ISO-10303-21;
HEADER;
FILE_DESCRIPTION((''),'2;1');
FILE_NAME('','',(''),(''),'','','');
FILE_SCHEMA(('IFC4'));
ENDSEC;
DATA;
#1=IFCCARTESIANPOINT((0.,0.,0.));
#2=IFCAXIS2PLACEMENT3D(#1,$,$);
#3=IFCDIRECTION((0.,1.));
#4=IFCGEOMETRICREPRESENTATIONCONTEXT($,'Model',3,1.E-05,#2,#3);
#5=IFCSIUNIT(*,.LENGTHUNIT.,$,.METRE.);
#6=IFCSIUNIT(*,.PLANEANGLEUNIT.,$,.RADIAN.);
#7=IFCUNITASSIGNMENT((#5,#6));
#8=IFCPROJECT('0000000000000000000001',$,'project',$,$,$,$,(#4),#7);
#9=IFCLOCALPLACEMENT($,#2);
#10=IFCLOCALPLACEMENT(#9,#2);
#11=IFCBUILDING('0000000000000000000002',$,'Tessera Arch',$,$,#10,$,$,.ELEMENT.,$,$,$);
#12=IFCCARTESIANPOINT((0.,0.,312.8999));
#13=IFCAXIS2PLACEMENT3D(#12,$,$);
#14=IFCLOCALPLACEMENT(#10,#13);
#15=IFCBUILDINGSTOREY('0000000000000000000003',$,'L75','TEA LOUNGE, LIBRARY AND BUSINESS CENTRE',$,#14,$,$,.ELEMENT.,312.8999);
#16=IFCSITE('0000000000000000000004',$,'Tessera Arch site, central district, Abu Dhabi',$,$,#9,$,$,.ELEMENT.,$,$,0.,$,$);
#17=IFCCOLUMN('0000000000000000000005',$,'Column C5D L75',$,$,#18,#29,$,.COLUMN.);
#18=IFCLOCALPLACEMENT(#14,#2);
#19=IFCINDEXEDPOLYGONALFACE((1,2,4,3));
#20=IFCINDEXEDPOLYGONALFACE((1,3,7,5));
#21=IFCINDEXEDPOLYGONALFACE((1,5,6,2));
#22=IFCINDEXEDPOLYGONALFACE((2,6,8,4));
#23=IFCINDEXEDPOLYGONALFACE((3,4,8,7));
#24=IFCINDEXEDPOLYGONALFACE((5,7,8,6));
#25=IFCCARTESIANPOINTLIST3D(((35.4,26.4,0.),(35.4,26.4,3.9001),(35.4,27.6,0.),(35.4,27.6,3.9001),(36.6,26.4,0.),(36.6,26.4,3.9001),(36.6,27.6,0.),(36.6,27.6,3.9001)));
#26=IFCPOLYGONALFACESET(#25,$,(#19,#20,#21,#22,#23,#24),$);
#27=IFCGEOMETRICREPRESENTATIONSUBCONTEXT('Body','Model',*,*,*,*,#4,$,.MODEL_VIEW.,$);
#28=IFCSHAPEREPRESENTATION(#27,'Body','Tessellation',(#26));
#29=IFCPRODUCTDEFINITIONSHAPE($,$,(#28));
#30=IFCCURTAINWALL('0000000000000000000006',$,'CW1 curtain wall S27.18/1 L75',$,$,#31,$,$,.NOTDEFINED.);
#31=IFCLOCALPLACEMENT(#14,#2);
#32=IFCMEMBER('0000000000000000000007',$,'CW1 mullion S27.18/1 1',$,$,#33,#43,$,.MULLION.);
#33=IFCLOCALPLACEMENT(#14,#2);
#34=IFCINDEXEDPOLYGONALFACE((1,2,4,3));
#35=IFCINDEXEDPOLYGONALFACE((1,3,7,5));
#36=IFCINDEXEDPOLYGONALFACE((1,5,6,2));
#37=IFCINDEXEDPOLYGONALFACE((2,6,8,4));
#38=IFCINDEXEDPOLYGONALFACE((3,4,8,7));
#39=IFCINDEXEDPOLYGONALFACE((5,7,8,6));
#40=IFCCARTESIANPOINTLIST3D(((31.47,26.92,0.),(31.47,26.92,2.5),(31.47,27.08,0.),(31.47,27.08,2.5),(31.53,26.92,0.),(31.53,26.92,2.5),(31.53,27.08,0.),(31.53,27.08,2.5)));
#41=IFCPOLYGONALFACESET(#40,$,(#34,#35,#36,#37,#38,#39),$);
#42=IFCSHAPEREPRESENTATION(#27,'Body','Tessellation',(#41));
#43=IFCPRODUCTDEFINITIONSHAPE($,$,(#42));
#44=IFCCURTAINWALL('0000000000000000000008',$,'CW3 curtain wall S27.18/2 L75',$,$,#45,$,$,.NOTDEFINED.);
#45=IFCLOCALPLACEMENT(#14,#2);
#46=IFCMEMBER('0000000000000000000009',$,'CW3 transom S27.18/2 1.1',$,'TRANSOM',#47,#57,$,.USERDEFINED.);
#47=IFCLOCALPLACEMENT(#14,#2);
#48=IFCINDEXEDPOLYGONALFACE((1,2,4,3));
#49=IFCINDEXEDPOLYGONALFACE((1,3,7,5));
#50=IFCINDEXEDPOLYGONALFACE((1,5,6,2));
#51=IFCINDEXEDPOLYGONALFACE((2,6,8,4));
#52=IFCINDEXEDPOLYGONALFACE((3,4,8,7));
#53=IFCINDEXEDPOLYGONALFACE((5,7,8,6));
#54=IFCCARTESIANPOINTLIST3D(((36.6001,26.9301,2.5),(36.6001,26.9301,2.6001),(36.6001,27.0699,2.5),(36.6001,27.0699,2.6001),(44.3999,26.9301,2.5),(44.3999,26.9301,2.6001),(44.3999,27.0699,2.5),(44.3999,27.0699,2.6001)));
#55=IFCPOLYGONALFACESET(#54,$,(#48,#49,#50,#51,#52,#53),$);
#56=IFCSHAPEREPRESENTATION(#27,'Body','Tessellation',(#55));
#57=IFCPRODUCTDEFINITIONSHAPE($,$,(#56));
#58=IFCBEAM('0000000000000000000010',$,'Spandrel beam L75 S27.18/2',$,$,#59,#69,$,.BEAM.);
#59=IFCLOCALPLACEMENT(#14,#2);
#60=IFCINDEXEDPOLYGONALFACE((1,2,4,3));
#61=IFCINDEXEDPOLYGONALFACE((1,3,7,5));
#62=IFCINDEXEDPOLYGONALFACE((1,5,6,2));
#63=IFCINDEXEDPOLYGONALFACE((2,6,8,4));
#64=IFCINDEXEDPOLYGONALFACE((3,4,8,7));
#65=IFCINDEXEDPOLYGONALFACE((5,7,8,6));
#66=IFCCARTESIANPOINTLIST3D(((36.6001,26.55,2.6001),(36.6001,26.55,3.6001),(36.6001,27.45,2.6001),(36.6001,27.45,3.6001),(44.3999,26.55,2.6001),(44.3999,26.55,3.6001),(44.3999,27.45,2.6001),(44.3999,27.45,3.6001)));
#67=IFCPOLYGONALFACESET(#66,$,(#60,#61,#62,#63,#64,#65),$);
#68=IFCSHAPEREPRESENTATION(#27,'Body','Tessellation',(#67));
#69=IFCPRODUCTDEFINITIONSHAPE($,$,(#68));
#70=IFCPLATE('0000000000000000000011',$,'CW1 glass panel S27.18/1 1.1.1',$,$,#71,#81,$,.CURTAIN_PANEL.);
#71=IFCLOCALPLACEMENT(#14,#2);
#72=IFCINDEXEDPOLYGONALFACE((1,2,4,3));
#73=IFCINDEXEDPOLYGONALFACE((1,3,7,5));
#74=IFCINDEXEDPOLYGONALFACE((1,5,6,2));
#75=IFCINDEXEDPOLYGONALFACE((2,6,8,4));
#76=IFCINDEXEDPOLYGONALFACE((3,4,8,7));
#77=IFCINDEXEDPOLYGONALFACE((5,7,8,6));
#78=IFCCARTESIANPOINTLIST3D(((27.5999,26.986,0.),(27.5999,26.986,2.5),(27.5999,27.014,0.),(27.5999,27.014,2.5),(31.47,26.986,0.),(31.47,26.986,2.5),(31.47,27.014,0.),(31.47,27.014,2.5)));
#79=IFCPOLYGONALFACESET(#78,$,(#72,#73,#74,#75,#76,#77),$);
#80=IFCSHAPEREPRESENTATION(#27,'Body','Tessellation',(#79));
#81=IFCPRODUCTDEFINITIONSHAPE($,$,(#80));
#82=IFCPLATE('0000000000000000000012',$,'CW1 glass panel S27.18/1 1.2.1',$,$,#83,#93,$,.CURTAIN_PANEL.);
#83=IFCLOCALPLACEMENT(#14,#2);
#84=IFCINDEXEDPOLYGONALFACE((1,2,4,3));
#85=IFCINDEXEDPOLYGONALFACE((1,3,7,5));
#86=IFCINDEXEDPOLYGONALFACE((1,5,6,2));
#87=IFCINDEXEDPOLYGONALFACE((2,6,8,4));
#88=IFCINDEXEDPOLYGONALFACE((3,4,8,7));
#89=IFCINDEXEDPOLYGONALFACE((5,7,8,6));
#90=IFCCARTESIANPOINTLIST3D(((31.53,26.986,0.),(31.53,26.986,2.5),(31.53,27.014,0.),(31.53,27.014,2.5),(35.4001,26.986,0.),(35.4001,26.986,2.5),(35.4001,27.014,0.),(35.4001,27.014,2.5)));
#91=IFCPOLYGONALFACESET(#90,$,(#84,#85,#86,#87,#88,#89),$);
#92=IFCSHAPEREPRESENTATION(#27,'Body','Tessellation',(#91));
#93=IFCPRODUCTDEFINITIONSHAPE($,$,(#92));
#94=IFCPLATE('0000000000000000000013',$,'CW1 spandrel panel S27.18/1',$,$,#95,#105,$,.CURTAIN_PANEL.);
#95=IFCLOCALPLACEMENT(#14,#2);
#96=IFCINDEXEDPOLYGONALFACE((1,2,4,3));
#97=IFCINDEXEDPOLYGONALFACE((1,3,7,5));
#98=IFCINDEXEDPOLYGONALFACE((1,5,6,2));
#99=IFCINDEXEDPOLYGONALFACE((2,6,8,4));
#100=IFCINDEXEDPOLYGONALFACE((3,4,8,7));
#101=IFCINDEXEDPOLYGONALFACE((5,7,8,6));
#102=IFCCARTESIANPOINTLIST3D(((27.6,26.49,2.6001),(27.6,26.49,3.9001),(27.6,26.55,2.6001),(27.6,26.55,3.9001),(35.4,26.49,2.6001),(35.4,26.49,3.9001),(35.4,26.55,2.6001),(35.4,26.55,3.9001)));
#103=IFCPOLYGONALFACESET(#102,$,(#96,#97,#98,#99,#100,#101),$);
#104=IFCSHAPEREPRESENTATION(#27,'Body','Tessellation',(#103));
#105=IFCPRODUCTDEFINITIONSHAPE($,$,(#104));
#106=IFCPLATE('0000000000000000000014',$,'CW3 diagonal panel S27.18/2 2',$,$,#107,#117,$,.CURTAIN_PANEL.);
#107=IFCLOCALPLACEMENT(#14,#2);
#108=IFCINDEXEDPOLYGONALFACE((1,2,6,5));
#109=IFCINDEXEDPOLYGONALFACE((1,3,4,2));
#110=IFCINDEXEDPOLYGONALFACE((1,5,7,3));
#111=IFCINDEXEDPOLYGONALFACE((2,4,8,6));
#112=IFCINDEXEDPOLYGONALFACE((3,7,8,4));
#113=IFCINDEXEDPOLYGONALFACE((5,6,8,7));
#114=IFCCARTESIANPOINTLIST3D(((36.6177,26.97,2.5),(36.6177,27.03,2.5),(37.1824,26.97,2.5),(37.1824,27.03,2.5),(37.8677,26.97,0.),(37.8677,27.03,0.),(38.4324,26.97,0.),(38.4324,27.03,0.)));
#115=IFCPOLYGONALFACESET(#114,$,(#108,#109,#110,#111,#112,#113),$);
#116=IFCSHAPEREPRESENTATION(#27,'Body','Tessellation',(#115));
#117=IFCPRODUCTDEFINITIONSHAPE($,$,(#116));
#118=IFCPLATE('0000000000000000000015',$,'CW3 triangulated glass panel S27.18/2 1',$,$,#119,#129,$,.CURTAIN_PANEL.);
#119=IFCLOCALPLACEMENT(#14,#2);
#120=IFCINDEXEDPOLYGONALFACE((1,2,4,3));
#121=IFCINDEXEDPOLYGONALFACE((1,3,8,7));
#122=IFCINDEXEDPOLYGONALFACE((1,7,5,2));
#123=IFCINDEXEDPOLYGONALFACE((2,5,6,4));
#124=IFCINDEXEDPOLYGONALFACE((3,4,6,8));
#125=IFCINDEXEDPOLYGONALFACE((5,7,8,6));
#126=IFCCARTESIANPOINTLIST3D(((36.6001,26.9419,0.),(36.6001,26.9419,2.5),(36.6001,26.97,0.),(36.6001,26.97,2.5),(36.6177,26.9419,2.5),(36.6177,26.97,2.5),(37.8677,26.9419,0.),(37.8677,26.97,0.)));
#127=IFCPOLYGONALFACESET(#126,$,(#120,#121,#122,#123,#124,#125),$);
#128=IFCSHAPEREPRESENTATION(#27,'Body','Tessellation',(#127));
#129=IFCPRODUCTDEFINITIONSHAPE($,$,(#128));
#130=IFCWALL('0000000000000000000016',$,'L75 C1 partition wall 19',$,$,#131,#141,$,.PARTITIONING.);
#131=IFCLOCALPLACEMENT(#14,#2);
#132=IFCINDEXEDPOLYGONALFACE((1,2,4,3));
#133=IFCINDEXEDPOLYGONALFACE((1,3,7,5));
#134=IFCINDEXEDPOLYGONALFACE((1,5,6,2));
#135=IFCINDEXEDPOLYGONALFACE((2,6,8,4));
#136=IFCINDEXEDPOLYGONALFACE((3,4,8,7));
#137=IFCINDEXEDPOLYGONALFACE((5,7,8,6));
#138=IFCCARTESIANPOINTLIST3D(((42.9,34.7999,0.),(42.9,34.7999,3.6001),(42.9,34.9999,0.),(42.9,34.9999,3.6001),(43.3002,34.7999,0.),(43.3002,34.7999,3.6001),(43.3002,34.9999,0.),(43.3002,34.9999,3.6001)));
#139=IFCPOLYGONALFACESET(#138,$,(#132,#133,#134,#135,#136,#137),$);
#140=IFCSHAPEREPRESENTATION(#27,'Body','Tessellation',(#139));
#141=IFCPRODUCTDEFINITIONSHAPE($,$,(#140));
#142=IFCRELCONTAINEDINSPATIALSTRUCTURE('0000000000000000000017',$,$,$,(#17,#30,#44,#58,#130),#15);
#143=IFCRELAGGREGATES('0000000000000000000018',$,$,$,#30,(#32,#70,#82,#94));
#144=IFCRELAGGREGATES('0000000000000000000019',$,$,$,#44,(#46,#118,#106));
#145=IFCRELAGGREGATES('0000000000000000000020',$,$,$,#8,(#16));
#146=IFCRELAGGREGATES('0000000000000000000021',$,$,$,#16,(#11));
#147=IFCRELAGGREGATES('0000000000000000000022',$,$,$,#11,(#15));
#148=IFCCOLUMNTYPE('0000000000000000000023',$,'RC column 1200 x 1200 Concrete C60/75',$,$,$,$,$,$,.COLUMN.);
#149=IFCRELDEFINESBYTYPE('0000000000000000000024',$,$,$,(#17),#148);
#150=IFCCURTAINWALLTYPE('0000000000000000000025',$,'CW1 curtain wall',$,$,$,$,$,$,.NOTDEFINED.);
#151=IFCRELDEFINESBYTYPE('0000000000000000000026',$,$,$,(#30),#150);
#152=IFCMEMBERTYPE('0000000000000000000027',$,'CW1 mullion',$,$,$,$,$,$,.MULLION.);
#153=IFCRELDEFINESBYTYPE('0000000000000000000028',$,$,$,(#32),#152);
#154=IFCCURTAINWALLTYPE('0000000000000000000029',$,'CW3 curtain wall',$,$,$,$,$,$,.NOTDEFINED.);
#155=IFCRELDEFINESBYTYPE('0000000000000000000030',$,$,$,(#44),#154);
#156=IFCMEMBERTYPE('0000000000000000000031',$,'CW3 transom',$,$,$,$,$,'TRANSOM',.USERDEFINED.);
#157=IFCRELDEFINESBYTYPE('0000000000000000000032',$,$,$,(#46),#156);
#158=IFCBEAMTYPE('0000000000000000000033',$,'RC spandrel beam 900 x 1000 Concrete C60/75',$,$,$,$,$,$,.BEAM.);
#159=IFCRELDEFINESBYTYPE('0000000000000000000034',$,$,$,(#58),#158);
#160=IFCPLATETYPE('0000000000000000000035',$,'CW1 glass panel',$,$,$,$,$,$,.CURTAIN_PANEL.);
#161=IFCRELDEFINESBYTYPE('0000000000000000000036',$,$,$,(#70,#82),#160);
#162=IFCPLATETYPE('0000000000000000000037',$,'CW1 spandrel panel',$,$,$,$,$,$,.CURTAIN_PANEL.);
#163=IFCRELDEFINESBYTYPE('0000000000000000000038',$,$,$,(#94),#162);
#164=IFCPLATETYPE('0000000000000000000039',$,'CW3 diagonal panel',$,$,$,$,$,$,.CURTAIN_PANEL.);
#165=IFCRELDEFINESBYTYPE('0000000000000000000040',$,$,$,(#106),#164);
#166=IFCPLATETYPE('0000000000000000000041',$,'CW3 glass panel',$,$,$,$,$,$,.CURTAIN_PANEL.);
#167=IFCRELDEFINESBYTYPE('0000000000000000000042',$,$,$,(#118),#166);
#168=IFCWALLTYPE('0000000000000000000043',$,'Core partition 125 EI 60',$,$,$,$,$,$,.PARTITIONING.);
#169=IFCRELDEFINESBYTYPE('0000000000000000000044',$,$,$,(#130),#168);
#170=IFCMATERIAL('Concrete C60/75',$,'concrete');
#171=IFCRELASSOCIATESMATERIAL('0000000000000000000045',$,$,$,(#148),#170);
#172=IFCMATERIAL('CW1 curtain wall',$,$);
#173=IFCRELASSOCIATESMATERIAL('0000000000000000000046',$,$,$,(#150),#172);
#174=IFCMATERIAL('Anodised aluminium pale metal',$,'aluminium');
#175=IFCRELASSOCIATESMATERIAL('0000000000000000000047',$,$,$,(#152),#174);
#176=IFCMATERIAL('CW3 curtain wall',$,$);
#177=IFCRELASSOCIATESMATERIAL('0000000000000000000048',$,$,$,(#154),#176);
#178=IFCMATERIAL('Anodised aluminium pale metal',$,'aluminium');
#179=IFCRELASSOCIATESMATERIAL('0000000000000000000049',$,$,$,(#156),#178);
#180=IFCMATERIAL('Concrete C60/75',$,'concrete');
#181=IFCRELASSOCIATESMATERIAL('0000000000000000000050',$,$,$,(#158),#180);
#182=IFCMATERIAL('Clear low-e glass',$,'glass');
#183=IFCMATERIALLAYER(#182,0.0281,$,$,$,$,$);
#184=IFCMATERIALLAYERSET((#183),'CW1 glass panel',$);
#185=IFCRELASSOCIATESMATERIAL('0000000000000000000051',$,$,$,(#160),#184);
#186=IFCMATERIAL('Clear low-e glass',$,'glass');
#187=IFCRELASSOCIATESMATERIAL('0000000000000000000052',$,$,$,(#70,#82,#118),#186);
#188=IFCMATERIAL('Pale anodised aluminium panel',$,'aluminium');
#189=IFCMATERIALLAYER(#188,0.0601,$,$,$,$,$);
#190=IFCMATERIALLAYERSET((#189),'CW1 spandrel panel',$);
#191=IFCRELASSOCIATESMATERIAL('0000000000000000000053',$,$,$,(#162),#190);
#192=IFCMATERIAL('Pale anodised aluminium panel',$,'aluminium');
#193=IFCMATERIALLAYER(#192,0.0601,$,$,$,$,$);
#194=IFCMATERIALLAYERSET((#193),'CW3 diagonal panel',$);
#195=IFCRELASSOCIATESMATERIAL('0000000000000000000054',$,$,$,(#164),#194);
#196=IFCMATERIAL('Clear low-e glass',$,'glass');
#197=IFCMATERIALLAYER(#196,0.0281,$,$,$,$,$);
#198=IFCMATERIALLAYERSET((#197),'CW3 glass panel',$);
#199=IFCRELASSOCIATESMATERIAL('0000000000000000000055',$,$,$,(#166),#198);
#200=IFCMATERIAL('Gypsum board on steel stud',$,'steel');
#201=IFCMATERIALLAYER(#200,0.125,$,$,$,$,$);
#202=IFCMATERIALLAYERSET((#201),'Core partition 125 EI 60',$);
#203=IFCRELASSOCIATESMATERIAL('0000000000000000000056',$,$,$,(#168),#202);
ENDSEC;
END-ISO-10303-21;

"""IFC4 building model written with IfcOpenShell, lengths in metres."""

from ifc_helpers import new_model, si_unit, direction, frame, frame_2d, origin, origin_2d, place, context, subcontext, project, spatial, polyline, rectangle, outline, extrude, material, layer, layer_set, material_profile, profile_set, type_object, element, aggregate, save


model = new_model("IFC4")

# Units and contexts
model_context = context("Model", 3, precision=1e-05, world=origin(), true_north=direction((0.0, 1.0)))
body_context = subcontext(model_context, "Body", "Model", "MODEL_VIEW")
ifc_project = project(units=[si_unit("LENGTHUNIT", "METRE"), si_unit("PLANEANGLEUNIT", "RADIAN")], contexts=[model_context])

# Site, building, storey
site_placement = place(None, origin())
site = spatial("IfcSite", under=ifc_project, at=site_placement, Name="Tessera Arch site, central district, Abu Dhabi", CompositionType="ELEMENT", RefElevation=0.0)
building_placement = place(site_placement, origin())
building = spatial("IfcBuilding", under=site, at=building_placement, Name="Tessera Arch", CompositionType="ELEMENT")
storey_placement = place(building_placement, frame((0.0, 0.0, 312.8999)))
storey = spatial("IfcBuildingStorey", under=building, at=storey_placement, Name="L75", Description="TEA LOUNGE, LIBRARY AND BUSINESS CENTRE", CompositionType="ELEMENT", Elevation=312.8999)

# Column
ifc_material_1 = material(Name="Concrete C60/75", Category="concrete")
ifc_material_profile_1 = material_profile(ifc_material_1, rectangle(XDim=1.2, YDim=1.2, at=origin_2d()), Name="RC column 1200 x 1200 Concrete C60/75")
ifc_profile_set_1 = profile_set([ifc_material_profile_1], Name="Concrete C60/75")
column_type = type_object("IfcColumnType", Name="RC column 1200 x 1200 Concrete C60/75", PredefinedType="COLUMN", material=ifc_profile_set_1)
column_placement = place(storey_placement, frame((36.0, 27.0, 0.0), z_axis=(0.0, 0.0, 1.0), x_axis=(1.0, 0.0, 0.0)))
element("IfcColumn", 1, at=column_placement, inside=storey, type_object=column_type, Name="Column C5D L75", PredefinedType="COLUMN", context=body_context, shape_type="SweptSolid", body=[
    extrude(rectangle(XDim=1.2, YDim=1.2, at=origin_2d()), origin(), (0.0, 0.0, 1.0), 3.9001),
])

# Curtain walls, members
ifc_material_2 = material(Name="CW1 curtain wall")
curtain_wall_type_1 = type_object("IfcCurtainWallType", Name="CW1 curtain wall", PredefinedType="NOTDEFINED", material=ifc_material_2)
curtain_wall_1_placement = place(storey_placement, origin())
curtain_wall_1 = element("IfcCurtainWall", 2, at=curtain_wall_1_placement, inside=storey, type_object=curtain_wall_type_1, Name="CW1 curtain wall S27.18/1 L75", PredefinedType="NOTDEFINED")
ifc_material_3 = material(Name="Anodised aluminium pale metal", Category="aluminium")
ifc_material_profile_2 = material_profile(ifc_material_3, rectangle(XDim=0.1599, YDim=0.0601, at=origin_2d()), Name="AL 60x160")
ifc_profile_set_2 = profile_set([ifc_material_profile_2], Name="Anodised aluminium pale metal")
member_type_1 = type_object("IfcMemberType", Name="CW1 mullion", PredefinedType="MULLION", material=ifc_profile_set_2)
member_1_placement = place(storey_placement, frame((31.5, 27.0, 0.0), z_axis=(0.0, 0.0, 1.0), x_axis=(0.0, 1.0, 0.0)))
member_1 = element("IfcMember", 3, at=member_1_placement, type_object=member_type_1, Name="CW1 mullion S27.18/1 1", PredefinedType="MULLION", context=body_context, shape_type="SweptSolid", body=[
    extrude(rectangle(XDim=0.1599, YDim=0.0601, at=origin_2d()), origin(), (0.0, 0.0, 1.0), 2.5),
])
ifc_material_4 = material(Name="CW3 curtain wall")
curtain_wall_type_2 = type_object("IfcCurtainWallType", Name="CW3 curtain wall", PredefinedType="NOTDEFINED", material=ifc_material_4)
curtain_wall_2_placement = place(storey_placement, origin())
curtain_wall_2 = element("IfcCurtainWall", 4, at=curtain_wall_2_placement, inside=storey, type_object=curtain_wall_type_2, Name="CW3 curtain wall S27.18/2 L75", PredefinedType="NOTDEFINED")
ifc_material_5 = material(Name="Anodised aluminium pale metal", Category="aluminium")
ifc_material_profile_3 = material_profile(ifc_material_5, rectangle(XDim=0.1399, YDim=0.1001, at=origin_2d()), Name="AL 140x100")
ifc_profile_set_3 = profile_set([ifc_material_profile_3], Name="Anodised aluminium pale metal")
member_type_2 = type_object("IfcMemberType", Name="CW3 transom", ElementType="TRANSOM", PredefinedType="USERDEFINED", material=ifc_profile_set_3)
member_2_placement = place(storey_placement, frame((36.6001, 27.0, 2.55), z_axis=(1.0, 0.0, 0.0), x_axis=(0.0, 1.0, 0.0)))
member_2 = element("IfcMember", 5, at=member_2_placement, type_object=member_type_2, Name="CW3 transom S27.18/2 1.1", ObjectType="TRANSOM", PredefinedType="USERDEFINED", context=body_context, shape_type="SweptSolid", body=[
    extrude(rectangle(XDim=0.1399, YDim=0.1001, at=origin_2d()), origin(), (0.0, 0.0, 1.0), 7.7998),
])

# Beam
ifc_material_6 = material(Name="Concrete C60/75", Category="concrete")
ifc_material_profile_4 = material_profile(ifc_material_6, rectangle(XDim=0.8999, YDim=1.0, at=origin_2d()), Name="RC spandrel beam 900 x 1000 Concrete C60/75")
ifc_profile_set_4 = profile_set([ifc_material_profile_4], Name="Concrete C60/75")
beam_type = type_object("IfcBeamType", Name="RC spandrel beam 900 x 1000 Concrete C60/75", PredefinedType="BEAM", material=ifc_profile_set_4)
beam_placement = place(storey_placement, frame((36.6001, 27.0, 3.1001), z_axis=(1.0, 0.0, 0.0), x_axis=(0.0, 1.0, 0.0)))
element("IfcBeam", 6, at=beam_placement, inside=storey, type_object=beam_type, Name="Spandrel beam L75 S27.18/2", PredefinedType="BEAM", context=body_context, shape_type="SweptSolid", body=[
    extrude(rectangle(XDim=0.8999, YDim=1.0, at=origin_2d()), origin(), (0.0, 0.0, 1.0), 7.7998),
])

# Plates
ifc_material_7 = material(Name="Clear low-e glass", Category="glass")
ifc_material_8 = material(Name="Clear low-e glass", Category="glass")
ifc_layer_1 = layer(ifc_material_8, 0.0281)
ifc_layer_set_1 = layer_set([ifc_layer_1], Name="CW1 glass panel")
plate_type_1 = type_object("IfcPlateType", Name="CW1 glass panel", PredefinedType="CURTAIN_PANEL", material=ifc_layer_set_1)
plate_1_placement = place(storey_placement, frame((29.5349, 27.0, 0.0), z_axis=(0.0, 0.0, 1.0), x_axis=(1.0, 0.0, 0.0)))
plate_1 = element("IfcPlate", 7, at=plate_1_placement, type_object=plate_type_1, material=ifc_material_7, Name="CW1 glass panel S27.18/1 1.1.1", PredefinedType="CURTAIN_PANEL", context=body_context, shape_type="SweptSolid", body=[
    extrude(rectangle(XDim=3.8701, YDim=0.0281, at=origin_2d()), origin(), (0.0, 0.0, 1.0), 2.5),
])
plate_2_placement = place(storey_placement, frame((33.4651, 27.0, 0.0), z_axis=(0.0, 0.0, 1.0), x_axis=(1.0, 0.0, 0.0)))
plate_2 = element("IfcPlate", 8, at=plate_2_placement, type_object=plate_type_1, material=ifc_material_7, Name="CW1 glass panel S27.18/1 1.2.1", PredefinedType="CURTAIN_PANEL", context=body_context, shape_type="SweptSolid", body=[
    extrude(rectangle(XDim=3.8701, YDim=0.0281, at=origin_2d()), origin(), (0.0, 0.0, 1.0), 2.5),
])
ifc_material_9 = material(Name="Pale anodised aluminium panel", Category="aluminium")
ifc_layer_2 = layer(ifc_material_9, 0.0601)
ifc_layer_set_2 = layer_set([ifc_layer_2], Name="CW1 spandrel panel")
plate_type_2 = type_object("IfcPlateType", Name="CW1 spandrel panel", PredefinedType="CURTAIN_PANEL", material=ifc_layer_set_2)
plate_3_placement = place(storey_placement, frame((31.5, 26.52, 2.6001), z_axis=(0.0, 0.0, 1.0), x_axis=(1.0, 0.0, 0.0)))
plate_3 = element("IfcPlate", 9, at=plate_3_placement, type_object=plate_type_2, Name="CW1 spandrel panel S27.18/1", PredefinedType="CURTAIN_PANEL", context=body_context, shape_type="SweptSolid", body=[
    extrude(rectangle(XDim=7.8, YDim=0.0601, at=origin_2d()), origin(), (0.0, 0.0, 1.0), 1.3),
])
aggregate(curtain_wall_1, [member_1, plate_1, plate_2, plate_3])
ifc_material_10 = material(Name="Pale anodised aluminium panel", Category="aluminium")
ifc_layer_3 = layer(ifc_material_10, 0.0601)
ifc_layer_set_3 = layer_set([ifc_layer_3], Name="CW3 diagonal panel")
plate_type_3 = type_object("IfcPlateType", Name="CW3 diagonal panel", PredefinedType="CURTAIN_PANEL", material=ifc_layer_set_3)
plate_4_placement = place(storey_placement, frame((37.1824, 26.97, 2.5), z_axis=(0.0, -1.0, 0.0), x_axis=(-1.0, 0.0, 0.0)))
plate_4 = element("IfcPlate", 10, at=plate_4_placement, type_object=plate_type_3, Name="CW3 diagonal panel S27.18/2 2", PredefinedType="CURTAIN_PANEL", context=body_context, shape_type="SweptSolid", body=[
    extrude(outline(polyline([(0.0, 0.0), (0.5647, 0.0), (-0.6853, 2.5), (-1.25, 2.5), (0.0, 0.0)])), origin(), (0.0, 0.0, -1.0), 0.0601),
])
ifc_material_11 = material(Name="Clear low-e glass", Category="glass")
ifc_layer_4 = layer(ifc_material_11, 0.0281)
ifc_layer_set_4 = layer_set([ifc_layer_4], Name="CW3 glass panel")
plate_type_4 = type_object("IfcPlateType", Name="CW3 glass panel", PredefinedType="CURTAIN_PANEL", material=ifc_layer_set_4)
plate_5_placement = place(storey_placement, frame((36.6001, 26.9419, 0.0), z_axis=(0.0, -1.0, 0.0), x_axis=(1.0, 0.0, 0.0)))
plate_5 = element("IfcPlate", 11, at=plate_5_placement, type_object=plate_type_4, material=ifc_material_7, Name="CW3 triangulated glass panel S27.18/2 1", PredefinedType="CURTAIN_PANEL", context=body_context, shape_type="SweptSolid", body=[
    extrude(outline(polyline([(0.0, 0.0), (1.2676, 0.0), (0.0176, 2.5), (0.0, 2.5), (0.0, 0.0)])), origin(), (0.0, 0.0, -1.0), 0.0281),
])
aggregate(curtain_wall_2, [member_2, plate_5, plate_4])

# Wall
ifc_material_12 = material(Name="Gypsum board on steel stud", Category="steel")
ifc_layer_5 = layer(ifc_material_12, 0.125)
ifc_layer_set_5 = layer_set([ifc_layer_5], Name="Core partition 125 EI 60")
wall_type_1 = type_object("IfcWallType", Name="Core partition 125 EI 60", PredefinedType="PARTITIONING", material=ifc_layer_set_5)
wall_1_placement = place(storey_placement, frame((42.8999, 34.8999, 0.0), z_axis=(0.0, 0.0, 1.0), x_axis=(1.0, 0.0, 0.0)))
element("IfcWall", 12, at=wall_1_placement, inside=storey, type_object=wall_type_1, Name="L75 C1 partition wall 19", PredefinedType="PARTITIONING", context=body_context, shape_type="SweptSolid", body=[
    extrude(rectangle(XDim=0.4001, YDim=0.2, at=frame_2d((0.2002, 0.0))), origin(), (0.0, 0.0, 1.0), 3.6001),
])

save(model, "model.ifc")
